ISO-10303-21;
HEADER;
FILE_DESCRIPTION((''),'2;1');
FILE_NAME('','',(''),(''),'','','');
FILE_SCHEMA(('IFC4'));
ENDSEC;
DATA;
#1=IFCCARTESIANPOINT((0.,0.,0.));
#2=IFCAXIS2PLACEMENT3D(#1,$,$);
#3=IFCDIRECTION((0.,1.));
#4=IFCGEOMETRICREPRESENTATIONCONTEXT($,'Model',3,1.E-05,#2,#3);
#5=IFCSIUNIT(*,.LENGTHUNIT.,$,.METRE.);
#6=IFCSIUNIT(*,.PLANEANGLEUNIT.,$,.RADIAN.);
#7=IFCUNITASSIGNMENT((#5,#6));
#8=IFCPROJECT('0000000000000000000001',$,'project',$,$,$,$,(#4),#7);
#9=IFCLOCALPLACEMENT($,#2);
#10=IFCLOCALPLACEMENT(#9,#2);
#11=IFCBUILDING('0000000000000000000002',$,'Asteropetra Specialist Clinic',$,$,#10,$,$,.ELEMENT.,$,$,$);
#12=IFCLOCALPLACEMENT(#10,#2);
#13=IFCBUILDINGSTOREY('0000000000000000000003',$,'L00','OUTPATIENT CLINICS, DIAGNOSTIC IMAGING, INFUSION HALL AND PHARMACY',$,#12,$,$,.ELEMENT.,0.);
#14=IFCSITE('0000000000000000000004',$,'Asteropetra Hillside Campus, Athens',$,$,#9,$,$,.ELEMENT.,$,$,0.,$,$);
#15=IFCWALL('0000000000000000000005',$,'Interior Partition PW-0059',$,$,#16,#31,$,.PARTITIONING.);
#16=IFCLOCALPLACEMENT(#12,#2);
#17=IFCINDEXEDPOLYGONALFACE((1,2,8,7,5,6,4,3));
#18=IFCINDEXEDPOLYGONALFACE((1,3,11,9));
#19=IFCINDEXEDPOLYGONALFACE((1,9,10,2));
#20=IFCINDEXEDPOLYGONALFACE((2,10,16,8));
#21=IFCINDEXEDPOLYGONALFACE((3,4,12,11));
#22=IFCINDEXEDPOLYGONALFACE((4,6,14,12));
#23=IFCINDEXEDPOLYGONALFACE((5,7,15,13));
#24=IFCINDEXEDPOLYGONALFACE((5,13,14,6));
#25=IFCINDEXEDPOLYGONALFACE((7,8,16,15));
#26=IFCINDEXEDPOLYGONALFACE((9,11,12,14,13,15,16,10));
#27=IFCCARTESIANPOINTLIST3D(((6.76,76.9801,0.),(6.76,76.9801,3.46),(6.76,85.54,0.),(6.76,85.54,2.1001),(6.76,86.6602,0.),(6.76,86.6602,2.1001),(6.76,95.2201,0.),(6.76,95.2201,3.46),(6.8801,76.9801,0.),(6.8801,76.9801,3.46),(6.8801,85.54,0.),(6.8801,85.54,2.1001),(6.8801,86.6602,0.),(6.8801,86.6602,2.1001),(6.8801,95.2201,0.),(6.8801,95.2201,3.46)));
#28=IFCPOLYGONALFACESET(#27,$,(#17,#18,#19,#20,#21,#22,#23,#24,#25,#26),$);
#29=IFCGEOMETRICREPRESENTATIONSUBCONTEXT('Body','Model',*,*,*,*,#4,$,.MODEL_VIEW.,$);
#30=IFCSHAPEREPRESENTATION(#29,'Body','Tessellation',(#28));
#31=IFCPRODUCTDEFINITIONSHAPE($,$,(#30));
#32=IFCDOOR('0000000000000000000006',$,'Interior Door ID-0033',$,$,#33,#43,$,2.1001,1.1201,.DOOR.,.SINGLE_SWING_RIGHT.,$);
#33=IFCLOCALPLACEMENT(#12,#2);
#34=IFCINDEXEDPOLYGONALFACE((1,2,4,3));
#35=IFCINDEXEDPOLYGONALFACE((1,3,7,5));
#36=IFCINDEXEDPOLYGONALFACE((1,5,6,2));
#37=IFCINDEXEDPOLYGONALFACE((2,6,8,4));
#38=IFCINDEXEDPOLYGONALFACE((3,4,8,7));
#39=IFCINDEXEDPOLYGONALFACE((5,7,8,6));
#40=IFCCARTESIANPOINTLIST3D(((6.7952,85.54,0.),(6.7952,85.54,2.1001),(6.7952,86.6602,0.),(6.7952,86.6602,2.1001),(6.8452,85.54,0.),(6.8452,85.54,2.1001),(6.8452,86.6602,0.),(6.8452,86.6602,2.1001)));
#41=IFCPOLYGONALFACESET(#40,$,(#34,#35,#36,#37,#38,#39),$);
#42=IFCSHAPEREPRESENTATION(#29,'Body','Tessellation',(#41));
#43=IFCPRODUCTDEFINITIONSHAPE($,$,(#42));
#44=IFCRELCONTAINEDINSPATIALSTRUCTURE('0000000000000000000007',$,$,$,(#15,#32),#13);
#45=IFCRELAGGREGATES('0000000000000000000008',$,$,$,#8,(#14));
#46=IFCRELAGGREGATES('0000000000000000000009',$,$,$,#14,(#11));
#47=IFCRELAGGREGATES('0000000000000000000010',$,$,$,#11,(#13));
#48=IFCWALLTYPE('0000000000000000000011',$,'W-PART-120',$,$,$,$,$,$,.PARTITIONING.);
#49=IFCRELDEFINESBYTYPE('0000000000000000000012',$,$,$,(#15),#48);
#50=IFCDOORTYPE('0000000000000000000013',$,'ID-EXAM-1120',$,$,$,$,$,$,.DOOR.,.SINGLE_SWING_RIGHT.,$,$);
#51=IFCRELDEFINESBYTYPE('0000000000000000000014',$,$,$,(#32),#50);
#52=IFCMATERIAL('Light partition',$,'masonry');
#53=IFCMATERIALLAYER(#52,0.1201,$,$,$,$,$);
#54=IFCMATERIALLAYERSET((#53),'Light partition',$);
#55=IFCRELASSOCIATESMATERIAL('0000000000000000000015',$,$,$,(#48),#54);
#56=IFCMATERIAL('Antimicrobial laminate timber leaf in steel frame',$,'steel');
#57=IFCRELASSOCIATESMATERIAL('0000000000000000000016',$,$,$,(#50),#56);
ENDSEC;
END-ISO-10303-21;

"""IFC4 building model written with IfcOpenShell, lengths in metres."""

from ifc_helpers import new_model, si_unit, direction, frame, frame_2d, origin, place, context, subcontext, project, spatial, rectangle, extrude, material, layer, layer_set, type_object, element, fill, save


model = new_model("IFC4")

# Units and contexts
model_context = context("Model", 3, precision=1e-05, world=origin(), true_north=direction((0.0, 1.0)))
body_context = subcontext(model_context, "Body", "Model", "MODEL_VIEW")
ifc_project = project(units=[si_unit("LENGTHUNIT", "METRE"), si_unit("PLANEANGLEUNIT", "RADIAN")], contexts=[model_context])

# Site, building, storey
site_placement = place(None, origin())
site = spatial("IfcSite", under=ifc_project, at=site_placement, Name="Asteropetra Hillside Campus, Athens", CompositionType="ELEMENT", RefElevation=0.0)
building_placement = place(site_placement, origin())
building = spatial("IfcBuilding", under=site, at=building_placement, Name="Asteropetra Specialist Clinic", CompositionType="ELEMENT")
storey_placement = place(building_placement, origin())
storey = spatial("IfcBuildingStorey", under=building, at=storey_placement, Name="L00", Description="OUTPATIENT CLINICS, DIAGNOSTIC IMAGING, INFUSION HALL AND PHARMACY", CompositionType="ELEMENT", Elevation=0.0)

# Wall, opening, door
ifc_material_1 = material(Name="Light partition", Category="masonry")
ifc_layer_1 = layer(ifc_material_1, 0.1201)
ifc_layer_set_1 = layer_set([ifc_layer_1], Name="Light partition")
wall_type = type_object("IfcWallType", Name="W-PART-120", PredefinedType="PARTITIONING", material=ifc_layer_set_1)
wall_placement = place(storey_placement, frame((6.8201, 76.98, 0.0), z_axis=(0.0, 0.0, 1.0), x_axis=(0.0, 1.0, 0.0)))
wall = element("IfcWall", 1, at=wall_placement, inside=storey, type_object=wall_type, Name="Interior Partition PW-0059", PredefinedType="PARTITIONING", context=body_context, shape_type="SweptSolid", body=[
    extrude(rectangle(XDim=18.24, YDim=0.1201, at=frame_2d((9.1201, 0.0))), origin(), (0.0, 0.0, 1.0), 3.46),
])
opening_placement = place(wall_placement, frame((8.5601, 0.0, 0.0)))
opening = element("IfcOpeningElement", 2, at=opening_placement, cuts=wall, PredefinedType="OPENING", context=body_context, shape_type="SweptSolid", body=[
    extrude(rectangle(XDim=1.1201, YDim=2.1001, at=frame_2d((0.5601, 1.05))), frame((0.0, 0.0701, 0.0), z_axis=(0.0, -1.0, 0.0), x_axis=(1.0, 0.0, 0.0)), (0.0, 0.0, 1.0), 0.1401),
])
ifc_material_2 = material(Name="Antimicrobial laminate timber leaf in steel frame", Category="steel")
door_type = type_object("IfcDoorType", Name="ID-EXAM-1120", OperationType="SINGLE_SWING_RIGHT", PredefinedType="DOOR", material=ifc_material_2)
door_placement = place(opening_placement, origin())
door = element("IfcDoor", 3, at=door_placement, inside=storey, type_object=door_type, Name="Interior Door ID-0033", OperationType="SINGLE_SWING_RIGHT", OverallHeight=2.1001, OverallWidth=1.1201, PredefinedType="DOOR", context=body_context, shape_type="SweptSolid", body=[
    extrude(rectangle(XDim=1.1201, YDim=2.1001, at=frame_2d((0.5601, 1.05))), frame((0.0, 0.0249, 0.0), z_axis=(0.0, -1.0, 0.0), x_axis=(1.0, 0.0, 0.0)), (0.0, 0.0, 1.0), 0.05),
])
fill(opening, door)

save(model, "model.ifc")
